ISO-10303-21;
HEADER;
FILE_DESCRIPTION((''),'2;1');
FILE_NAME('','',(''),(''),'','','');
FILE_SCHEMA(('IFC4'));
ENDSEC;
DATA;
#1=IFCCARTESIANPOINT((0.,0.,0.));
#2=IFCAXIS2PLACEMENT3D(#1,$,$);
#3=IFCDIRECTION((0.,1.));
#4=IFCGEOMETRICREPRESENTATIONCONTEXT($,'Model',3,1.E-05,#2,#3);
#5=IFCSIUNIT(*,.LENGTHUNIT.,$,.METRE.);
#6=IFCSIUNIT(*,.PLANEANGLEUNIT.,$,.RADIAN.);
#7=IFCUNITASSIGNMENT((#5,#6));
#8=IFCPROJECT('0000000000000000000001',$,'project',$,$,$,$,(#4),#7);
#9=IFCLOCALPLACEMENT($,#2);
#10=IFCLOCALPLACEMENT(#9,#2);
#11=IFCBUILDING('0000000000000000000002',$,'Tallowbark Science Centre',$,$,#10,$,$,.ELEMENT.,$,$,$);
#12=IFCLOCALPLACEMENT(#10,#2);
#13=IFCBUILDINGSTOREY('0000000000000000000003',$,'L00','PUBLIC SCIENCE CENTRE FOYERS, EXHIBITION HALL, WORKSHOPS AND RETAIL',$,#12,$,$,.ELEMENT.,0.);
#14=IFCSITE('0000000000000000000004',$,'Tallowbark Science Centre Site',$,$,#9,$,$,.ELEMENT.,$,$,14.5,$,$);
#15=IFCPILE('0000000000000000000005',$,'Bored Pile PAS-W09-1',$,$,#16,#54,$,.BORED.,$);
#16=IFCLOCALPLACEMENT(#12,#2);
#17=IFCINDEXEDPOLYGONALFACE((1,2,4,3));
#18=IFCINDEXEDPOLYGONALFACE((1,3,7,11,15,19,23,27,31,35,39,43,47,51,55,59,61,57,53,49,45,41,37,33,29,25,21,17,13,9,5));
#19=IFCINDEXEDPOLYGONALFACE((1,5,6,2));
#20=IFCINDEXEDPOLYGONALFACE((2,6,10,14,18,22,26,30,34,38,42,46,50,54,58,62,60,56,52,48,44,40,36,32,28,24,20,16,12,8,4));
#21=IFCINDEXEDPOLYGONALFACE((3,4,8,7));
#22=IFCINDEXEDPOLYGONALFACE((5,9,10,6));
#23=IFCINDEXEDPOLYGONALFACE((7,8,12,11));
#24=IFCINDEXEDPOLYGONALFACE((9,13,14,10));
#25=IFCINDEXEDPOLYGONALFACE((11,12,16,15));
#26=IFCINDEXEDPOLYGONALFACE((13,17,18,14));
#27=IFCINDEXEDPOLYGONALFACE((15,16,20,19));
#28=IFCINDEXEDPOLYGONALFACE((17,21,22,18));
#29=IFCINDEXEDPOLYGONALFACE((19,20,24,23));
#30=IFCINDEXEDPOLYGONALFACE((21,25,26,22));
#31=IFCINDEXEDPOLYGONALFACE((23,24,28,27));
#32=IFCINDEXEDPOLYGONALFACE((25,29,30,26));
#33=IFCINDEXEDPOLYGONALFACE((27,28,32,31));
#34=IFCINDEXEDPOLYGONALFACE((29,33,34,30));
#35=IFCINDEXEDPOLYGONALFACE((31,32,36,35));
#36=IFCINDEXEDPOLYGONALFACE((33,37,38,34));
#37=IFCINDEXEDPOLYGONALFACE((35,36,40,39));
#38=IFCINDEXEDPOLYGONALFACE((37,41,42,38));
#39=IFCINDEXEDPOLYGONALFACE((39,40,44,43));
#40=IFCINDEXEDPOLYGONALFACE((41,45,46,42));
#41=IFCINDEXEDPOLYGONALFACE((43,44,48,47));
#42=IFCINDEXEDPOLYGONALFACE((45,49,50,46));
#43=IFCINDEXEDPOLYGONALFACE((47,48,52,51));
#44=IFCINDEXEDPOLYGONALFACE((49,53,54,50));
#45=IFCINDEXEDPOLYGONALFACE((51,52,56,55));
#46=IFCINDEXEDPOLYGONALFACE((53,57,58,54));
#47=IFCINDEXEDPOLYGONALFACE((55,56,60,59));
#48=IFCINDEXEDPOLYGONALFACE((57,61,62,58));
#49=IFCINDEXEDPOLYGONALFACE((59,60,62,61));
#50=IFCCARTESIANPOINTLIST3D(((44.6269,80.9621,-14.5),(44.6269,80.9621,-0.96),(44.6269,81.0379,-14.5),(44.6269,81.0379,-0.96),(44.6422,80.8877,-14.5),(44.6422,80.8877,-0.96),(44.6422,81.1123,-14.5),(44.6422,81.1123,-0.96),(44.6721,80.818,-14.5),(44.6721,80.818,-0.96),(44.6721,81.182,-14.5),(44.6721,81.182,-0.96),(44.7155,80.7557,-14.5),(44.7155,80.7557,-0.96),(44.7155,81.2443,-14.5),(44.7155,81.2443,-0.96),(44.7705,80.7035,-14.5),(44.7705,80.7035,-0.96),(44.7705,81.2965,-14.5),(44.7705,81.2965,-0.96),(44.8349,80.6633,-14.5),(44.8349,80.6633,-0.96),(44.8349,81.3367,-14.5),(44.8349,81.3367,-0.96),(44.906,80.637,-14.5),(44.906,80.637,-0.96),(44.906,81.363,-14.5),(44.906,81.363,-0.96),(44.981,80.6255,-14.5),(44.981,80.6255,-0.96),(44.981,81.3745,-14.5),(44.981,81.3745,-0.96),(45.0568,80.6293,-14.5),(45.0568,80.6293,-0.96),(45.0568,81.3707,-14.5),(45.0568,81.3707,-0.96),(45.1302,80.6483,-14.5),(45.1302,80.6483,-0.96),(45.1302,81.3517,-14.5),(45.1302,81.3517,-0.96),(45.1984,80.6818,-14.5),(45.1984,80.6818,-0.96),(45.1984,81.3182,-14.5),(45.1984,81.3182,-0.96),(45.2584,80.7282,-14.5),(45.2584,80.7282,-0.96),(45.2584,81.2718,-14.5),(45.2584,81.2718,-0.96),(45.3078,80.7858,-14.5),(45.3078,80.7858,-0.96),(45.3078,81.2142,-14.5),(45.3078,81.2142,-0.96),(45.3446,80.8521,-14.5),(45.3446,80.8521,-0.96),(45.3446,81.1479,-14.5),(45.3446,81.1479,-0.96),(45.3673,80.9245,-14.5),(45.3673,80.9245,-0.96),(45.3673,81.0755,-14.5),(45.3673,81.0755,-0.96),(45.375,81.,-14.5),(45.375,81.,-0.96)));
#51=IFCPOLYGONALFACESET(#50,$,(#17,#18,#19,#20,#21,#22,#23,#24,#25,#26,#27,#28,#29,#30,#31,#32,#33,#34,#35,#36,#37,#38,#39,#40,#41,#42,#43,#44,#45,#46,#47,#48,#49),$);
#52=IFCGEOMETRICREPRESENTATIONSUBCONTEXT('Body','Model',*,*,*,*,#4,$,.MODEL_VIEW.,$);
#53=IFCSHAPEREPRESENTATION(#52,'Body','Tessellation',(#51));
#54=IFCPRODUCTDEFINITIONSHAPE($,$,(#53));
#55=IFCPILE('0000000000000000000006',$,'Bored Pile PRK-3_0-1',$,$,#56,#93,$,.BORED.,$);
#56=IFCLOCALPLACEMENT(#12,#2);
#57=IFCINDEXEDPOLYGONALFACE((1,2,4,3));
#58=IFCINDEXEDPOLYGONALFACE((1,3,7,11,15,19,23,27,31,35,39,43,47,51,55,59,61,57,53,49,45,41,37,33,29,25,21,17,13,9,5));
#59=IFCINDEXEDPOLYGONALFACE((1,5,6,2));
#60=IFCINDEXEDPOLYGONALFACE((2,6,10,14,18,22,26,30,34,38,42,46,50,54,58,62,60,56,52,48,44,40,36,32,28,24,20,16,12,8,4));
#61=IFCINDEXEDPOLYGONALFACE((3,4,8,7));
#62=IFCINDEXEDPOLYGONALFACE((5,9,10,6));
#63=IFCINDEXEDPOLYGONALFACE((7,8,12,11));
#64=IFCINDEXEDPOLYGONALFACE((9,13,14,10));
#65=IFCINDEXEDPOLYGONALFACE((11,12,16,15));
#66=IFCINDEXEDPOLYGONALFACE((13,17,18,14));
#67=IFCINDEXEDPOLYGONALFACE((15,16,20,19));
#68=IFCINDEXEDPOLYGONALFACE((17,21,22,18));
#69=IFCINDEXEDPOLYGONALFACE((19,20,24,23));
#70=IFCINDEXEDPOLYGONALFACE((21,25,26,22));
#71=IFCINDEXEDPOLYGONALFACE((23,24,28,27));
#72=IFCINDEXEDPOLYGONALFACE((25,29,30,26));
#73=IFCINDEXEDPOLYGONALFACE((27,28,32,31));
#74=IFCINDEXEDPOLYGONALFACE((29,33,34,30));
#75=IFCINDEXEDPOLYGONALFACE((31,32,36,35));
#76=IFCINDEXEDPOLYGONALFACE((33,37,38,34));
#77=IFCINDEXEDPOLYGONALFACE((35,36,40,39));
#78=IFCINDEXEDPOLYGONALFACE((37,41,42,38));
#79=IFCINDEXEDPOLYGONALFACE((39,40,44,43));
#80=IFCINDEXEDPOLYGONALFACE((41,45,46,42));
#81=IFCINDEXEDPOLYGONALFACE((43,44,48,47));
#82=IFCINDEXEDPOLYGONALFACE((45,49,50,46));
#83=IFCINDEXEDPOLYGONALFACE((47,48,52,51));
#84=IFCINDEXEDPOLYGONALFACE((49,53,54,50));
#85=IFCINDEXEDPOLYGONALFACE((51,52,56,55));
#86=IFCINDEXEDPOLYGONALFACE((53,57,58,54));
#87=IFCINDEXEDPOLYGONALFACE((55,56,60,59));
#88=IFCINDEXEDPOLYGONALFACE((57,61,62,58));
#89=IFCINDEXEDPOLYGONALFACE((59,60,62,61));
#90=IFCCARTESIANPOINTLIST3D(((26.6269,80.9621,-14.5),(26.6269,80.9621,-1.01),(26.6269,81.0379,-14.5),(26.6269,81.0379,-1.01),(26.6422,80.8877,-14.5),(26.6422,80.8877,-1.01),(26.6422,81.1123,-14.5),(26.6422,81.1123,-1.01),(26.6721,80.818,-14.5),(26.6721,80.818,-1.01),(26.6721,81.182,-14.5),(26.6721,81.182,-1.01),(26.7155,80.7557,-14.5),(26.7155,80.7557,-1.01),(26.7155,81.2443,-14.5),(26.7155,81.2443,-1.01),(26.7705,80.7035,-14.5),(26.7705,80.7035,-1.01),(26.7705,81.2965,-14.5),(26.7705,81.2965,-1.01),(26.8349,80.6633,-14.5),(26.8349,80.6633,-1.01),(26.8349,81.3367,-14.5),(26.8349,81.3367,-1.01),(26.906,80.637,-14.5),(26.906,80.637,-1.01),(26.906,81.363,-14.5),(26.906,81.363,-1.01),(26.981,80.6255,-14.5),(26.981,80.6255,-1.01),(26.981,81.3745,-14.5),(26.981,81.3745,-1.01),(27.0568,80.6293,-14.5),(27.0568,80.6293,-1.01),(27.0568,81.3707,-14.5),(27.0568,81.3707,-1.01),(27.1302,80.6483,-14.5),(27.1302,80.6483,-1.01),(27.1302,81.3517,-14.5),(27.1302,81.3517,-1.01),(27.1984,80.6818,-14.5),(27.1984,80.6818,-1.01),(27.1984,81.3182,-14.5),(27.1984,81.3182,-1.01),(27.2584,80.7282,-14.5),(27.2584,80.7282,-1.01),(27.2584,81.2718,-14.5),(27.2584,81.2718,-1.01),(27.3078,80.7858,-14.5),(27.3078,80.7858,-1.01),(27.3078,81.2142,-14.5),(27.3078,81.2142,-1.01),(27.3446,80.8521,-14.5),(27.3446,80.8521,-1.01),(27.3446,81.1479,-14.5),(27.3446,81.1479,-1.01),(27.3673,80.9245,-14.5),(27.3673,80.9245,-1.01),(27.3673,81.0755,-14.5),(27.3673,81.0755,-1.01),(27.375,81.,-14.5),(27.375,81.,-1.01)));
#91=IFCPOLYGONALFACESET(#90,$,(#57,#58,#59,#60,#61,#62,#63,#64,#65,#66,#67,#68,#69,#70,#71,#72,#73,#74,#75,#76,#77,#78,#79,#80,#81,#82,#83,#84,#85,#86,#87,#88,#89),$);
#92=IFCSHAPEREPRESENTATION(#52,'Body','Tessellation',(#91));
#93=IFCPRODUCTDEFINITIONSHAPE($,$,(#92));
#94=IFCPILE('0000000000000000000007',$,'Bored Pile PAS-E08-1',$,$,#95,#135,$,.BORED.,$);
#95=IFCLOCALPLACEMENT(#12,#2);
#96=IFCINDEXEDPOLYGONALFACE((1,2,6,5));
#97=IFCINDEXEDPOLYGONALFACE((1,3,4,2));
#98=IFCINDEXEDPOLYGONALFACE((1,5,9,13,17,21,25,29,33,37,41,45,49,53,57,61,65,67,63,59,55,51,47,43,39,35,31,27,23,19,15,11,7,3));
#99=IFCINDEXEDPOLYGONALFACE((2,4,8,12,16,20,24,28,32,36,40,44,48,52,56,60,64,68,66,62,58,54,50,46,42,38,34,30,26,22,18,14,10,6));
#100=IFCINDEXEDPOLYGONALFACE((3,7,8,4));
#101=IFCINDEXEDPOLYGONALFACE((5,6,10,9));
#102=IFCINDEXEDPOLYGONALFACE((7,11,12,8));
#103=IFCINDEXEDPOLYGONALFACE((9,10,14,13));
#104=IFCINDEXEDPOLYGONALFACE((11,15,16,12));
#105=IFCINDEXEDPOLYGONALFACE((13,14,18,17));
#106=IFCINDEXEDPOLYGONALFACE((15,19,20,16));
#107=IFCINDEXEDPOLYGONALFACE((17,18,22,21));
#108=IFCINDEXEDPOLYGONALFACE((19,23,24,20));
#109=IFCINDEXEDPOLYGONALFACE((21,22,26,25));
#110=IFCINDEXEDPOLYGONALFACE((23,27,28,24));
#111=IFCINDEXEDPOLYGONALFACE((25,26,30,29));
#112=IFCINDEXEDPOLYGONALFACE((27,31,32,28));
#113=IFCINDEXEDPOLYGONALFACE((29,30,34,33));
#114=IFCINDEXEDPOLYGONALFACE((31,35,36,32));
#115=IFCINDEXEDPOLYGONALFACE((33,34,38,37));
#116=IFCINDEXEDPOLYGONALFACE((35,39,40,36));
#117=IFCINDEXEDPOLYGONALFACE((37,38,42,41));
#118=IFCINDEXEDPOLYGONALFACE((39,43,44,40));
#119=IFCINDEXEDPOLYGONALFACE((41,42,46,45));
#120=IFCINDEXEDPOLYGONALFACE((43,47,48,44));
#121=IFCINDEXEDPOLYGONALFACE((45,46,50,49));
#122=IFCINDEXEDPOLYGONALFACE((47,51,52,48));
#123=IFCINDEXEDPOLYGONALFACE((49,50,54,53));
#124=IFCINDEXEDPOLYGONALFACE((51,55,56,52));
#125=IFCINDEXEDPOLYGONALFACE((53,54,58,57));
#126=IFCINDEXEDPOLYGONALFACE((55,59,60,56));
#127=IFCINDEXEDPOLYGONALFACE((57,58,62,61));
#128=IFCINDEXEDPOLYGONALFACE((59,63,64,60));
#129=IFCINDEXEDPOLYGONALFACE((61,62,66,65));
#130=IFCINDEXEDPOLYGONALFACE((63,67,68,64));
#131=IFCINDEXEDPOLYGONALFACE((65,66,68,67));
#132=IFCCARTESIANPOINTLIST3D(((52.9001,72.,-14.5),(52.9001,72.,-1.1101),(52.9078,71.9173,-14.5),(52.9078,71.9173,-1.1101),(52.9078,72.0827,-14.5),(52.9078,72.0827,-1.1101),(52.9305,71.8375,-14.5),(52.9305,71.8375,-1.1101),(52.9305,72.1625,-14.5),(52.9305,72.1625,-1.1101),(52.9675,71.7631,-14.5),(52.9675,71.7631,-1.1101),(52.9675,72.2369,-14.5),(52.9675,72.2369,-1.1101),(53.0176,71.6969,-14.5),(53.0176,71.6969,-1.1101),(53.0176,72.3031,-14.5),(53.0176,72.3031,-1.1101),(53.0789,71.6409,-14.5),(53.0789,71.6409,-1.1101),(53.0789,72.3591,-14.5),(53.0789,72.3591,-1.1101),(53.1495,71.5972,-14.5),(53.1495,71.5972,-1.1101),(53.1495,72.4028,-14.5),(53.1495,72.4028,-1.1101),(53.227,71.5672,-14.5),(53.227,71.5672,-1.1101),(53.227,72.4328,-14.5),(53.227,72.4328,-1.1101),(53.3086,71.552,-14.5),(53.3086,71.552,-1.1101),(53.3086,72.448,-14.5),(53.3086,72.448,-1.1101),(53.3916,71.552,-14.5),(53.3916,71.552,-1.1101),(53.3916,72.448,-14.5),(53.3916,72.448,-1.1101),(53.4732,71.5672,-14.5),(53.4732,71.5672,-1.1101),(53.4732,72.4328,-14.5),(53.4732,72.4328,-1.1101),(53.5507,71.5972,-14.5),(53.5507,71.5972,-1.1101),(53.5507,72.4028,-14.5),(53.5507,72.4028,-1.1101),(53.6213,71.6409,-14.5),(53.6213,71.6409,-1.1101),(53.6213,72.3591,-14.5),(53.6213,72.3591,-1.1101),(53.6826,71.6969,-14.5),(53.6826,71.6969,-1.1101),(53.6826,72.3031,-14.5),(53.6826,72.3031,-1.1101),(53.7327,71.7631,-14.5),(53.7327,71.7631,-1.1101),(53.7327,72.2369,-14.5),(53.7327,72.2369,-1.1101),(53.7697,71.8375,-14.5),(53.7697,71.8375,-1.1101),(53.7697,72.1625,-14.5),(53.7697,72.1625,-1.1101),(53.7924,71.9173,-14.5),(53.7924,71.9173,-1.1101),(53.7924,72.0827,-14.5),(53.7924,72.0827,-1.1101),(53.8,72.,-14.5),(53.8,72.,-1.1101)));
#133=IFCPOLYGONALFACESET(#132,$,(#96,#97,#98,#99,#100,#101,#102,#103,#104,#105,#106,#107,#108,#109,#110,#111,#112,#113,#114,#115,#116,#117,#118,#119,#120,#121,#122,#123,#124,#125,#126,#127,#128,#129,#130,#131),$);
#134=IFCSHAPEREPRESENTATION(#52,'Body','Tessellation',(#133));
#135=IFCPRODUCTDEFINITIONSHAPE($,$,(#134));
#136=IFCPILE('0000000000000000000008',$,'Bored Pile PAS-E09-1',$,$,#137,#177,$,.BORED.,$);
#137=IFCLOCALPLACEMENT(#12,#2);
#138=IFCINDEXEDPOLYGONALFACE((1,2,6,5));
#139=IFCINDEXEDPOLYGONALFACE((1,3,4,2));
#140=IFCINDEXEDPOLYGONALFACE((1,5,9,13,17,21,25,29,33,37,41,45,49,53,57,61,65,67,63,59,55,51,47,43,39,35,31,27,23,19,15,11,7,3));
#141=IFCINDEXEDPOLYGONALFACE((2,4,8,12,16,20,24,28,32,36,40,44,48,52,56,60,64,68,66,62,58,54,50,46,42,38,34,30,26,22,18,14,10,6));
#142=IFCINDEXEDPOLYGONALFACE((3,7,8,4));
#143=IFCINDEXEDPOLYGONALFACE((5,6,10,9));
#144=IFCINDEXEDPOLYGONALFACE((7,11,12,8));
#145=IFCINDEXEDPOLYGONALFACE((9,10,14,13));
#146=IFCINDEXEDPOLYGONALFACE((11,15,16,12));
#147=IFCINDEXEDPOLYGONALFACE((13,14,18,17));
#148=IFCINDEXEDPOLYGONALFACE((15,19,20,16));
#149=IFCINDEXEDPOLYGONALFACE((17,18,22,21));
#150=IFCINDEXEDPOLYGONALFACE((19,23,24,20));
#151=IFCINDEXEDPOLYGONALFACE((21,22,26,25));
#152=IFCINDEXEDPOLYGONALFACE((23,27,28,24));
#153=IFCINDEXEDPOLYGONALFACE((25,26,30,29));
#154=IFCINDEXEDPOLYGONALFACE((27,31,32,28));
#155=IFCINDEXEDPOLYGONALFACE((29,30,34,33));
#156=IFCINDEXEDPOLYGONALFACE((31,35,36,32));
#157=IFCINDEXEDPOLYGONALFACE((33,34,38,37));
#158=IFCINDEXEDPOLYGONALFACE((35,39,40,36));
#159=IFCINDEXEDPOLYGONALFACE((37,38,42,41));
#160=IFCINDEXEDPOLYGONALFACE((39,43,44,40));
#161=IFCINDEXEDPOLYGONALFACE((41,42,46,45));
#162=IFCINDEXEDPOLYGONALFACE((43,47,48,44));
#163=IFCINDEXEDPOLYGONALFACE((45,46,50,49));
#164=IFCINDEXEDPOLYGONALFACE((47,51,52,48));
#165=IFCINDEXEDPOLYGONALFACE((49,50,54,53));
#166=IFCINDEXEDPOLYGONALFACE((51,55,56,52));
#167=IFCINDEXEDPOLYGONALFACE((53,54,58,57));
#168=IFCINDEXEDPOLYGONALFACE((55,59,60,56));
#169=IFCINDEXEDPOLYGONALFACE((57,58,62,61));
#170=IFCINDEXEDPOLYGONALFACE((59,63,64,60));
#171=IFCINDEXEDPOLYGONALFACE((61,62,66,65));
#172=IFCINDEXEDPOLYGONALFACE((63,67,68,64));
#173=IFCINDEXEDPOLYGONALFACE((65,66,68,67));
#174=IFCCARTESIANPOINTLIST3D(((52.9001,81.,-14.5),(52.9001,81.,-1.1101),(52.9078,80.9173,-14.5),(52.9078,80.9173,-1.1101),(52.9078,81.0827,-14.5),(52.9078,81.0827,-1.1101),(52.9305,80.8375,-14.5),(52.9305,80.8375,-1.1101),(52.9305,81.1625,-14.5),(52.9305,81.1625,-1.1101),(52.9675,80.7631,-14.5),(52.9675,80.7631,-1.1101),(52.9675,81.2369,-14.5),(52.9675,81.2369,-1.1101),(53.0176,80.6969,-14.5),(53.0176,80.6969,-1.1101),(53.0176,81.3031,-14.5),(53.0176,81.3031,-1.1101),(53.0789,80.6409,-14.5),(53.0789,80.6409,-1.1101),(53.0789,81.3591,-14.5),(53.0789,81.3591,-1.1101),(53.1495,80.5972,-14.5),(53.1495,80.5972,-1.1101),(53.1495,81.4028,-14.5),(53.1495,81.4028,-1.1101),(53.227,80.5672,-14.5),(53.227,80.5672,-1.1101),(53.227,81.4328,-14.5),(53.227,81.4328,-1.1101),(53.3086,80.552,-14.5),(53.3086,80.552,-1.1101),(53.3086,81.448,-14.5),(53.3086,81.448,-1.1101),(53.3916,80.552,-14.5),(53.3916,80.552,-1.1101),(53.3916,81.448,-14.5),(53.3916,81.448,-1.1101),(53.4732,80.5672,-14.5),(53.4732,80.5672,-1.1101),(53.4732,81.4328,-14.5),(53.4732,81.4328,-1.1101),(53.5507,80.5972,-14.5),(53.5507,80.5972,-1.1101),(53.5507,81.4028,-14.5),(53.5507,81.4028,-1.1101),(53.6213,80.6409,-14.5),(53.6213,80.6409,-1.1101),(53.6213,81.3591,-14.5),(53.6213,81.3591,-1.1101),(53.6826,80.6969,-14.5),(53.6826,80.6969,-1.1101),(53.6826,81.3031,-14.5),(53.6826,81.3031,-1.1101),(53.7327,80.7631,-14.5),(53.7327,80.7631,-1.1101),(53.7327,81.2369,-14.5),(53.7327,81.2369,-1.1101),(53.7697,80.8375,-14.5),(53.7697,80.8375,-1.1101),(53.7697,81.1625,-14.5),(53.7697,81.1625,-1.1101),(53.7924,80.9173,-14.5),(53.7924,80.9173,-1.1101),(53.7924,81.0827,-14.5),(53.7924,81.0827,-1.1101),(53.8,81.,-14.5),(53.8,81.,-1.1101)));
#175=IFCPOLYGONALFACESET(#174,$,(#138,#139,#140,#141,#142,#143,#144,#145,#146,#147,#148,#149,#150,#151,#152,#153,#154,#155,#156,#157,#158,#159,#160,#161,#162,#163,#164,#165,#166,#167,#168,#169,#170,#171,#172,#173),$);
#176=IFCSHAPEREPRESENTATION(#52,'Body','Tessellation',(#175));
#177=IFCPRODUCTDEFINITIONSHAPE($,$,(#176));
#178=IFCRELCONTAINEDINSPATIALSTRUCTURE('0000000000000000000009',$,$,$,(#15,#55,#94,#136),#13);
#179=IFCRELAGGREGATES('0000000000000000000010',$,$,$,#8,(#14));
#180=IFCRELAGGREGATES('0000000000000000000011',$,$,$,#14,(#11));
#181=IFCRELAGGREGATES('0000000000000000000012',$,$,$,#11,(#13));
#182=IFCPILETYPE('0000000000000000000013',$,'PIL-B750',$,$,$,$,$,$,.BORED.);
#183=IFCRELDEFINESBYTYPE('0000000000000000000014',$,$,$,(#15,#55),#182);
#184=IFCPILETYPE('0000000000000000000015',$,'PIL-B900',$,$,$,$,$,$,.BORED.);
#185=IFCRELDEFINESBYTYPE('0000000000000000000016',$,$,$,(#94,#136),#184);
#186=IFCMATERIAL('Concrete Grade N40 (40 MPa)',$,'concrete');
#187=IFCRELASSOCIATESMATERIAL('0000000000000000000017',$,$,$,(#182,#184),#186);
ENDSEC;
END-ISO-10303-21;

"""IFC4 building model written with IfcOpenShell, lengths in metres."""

from ifc_helpers import new_model, si_unit, direction, frame, origin, origin_2d, place, context, subcontext, project, spatial, circle, extrude, material, material_profile, profile_set, type_object, element, save


model = new_model("IFC4")

# Units and contexts
model_context = context("Model", 3, precision=1e-05, world=origin(), true_north=direction((0.0, 1.0)))
body_context = subcontext(model_context, "Body", "Model", "MODEL_VIEW")
ifc_project = project(units=[si_unit("LENGTHUNIT", "METRE"), si_unit("PLANEANGLEUNIT", "RADIAN")], contexts=[model_context])

# Site, building, storey
site_placement = place(None, origin())
site = spatial("IfcSite", under=ifc_project, at=site_placement, Name="Tallowbark Science Centre Site", CompositionType="ELEMENT", RefElevation=14.5)
building_placement = place(site_placement, origin())
building = spatial("IfcBuilding", under=site, at=building_placement, Name="Tallowbark Science Centre", CompositionType="ELEMENT")
storey_placement = place(building_placement, origin())
storey = spatial("IfcBuildingStorey", under=building, at=storey_placement, Name="L00", Description="PUBLIC SCIENCE CENTRE FOYERS, EXHIBITION HALL, WORKSHOPS AND RETAIL", CompositionType="ELEMENT", Elevation=0.0)

# Shared definitions
ifc_material_1 = material(Name="Concrete Grade N40 (40 MPa)", Category="concrete")

# Piles
ifc_material_profile_1 = material_profile(ifc_material_1, circle(Radius=0.375, at=origin_2d()), Name="PILE750")
ifc_profile_set_1 = profile_set([ifc_material_profile_1], Name="Concrete Grade N40 (40 MPa)")
pile_type_1 = type_object("IfcPileType", Name="PIL-B750", PredefinedType="BORED", material=ifc_profile_set_1)
pile_1_placement = place(storey_placement, frame((45.0, 81.0, -0.96), z_axis=(0.0, 0.0, -1.0), x_axis=(1.0, 0.0, 0.0)))
element("IfcPile", 1, at=pile_1_placement, inside=storey, type_object=pile_type_1, Name="Bored Pile PAS-W09-1", PredefinedType="BORED", context=body_context, shape_type="SweptSolid", body=[
    extrude(circle(Radius=0.375, at=origin_2d()), origin(), (0.0, 0.0, 1.0), 13.54),
])
pile_2_placement = place(storey_placement, frame((27.0, 81.0, -1.01), z_axis=(0.0, 0.0, -1.0), x_axis=(1.0, 0.0, 0.0)))
element("IfcPile", 2, at=pile_2_placement, inside=storey, type_object=pile_type_1, Name="Bored Pile PRK-3_0-1", PredefinedType="BORED", context=body_context, shape_type="SweptSolid", body=[
    extrude(circle(Radius=0.375, at=origin_2d()), origin(), (0.0, 0.0, 1.0), 13.49),
])
ifc_material_profile_2 = material_profile(ifc_material_1, circle(Radius=0.45, at=origin_2d()), Name="PILE900")
ifc_profile_set_2 = profile_set([ifc_material_profile_2], Name="Concrete Grade N40 (40 MPa)")
pile_type_2 = type_object("IfcPileType", Name="PIL-B900", PredefinedType="BORED", material=ifc_profile_set_2)
for number, where, z_axis, x_axis, name in (
    (3, (53.3501, 72.0, -1.1101), (0.0, 0.0, -1.0), (1.0, 0.0, 0.0), "Bored Pile PAS-E08-1"),
    (4, (53.3501, 81.0, -1.1101), (0.0, 0.0, -1.0), (1.0, 0.0, 0.0), "Bored Pile PAS-E09-1"),
):
    element("IfcPile", number, at=place(storey_placement, frame(where, z_axis=z_axis, x_axis=x_axis)), inside=storey, type_object=pile_type_2, Name=name, PredefinedType="BORED", context=body_context, shape_type="SweptSolid", body=[
        extrude(circle(Radius=0.45, at=origin_2d()), origin(), (0.0, 0.0, 1.0), 13.3899),
    ])

save(model, "model.ifc")
